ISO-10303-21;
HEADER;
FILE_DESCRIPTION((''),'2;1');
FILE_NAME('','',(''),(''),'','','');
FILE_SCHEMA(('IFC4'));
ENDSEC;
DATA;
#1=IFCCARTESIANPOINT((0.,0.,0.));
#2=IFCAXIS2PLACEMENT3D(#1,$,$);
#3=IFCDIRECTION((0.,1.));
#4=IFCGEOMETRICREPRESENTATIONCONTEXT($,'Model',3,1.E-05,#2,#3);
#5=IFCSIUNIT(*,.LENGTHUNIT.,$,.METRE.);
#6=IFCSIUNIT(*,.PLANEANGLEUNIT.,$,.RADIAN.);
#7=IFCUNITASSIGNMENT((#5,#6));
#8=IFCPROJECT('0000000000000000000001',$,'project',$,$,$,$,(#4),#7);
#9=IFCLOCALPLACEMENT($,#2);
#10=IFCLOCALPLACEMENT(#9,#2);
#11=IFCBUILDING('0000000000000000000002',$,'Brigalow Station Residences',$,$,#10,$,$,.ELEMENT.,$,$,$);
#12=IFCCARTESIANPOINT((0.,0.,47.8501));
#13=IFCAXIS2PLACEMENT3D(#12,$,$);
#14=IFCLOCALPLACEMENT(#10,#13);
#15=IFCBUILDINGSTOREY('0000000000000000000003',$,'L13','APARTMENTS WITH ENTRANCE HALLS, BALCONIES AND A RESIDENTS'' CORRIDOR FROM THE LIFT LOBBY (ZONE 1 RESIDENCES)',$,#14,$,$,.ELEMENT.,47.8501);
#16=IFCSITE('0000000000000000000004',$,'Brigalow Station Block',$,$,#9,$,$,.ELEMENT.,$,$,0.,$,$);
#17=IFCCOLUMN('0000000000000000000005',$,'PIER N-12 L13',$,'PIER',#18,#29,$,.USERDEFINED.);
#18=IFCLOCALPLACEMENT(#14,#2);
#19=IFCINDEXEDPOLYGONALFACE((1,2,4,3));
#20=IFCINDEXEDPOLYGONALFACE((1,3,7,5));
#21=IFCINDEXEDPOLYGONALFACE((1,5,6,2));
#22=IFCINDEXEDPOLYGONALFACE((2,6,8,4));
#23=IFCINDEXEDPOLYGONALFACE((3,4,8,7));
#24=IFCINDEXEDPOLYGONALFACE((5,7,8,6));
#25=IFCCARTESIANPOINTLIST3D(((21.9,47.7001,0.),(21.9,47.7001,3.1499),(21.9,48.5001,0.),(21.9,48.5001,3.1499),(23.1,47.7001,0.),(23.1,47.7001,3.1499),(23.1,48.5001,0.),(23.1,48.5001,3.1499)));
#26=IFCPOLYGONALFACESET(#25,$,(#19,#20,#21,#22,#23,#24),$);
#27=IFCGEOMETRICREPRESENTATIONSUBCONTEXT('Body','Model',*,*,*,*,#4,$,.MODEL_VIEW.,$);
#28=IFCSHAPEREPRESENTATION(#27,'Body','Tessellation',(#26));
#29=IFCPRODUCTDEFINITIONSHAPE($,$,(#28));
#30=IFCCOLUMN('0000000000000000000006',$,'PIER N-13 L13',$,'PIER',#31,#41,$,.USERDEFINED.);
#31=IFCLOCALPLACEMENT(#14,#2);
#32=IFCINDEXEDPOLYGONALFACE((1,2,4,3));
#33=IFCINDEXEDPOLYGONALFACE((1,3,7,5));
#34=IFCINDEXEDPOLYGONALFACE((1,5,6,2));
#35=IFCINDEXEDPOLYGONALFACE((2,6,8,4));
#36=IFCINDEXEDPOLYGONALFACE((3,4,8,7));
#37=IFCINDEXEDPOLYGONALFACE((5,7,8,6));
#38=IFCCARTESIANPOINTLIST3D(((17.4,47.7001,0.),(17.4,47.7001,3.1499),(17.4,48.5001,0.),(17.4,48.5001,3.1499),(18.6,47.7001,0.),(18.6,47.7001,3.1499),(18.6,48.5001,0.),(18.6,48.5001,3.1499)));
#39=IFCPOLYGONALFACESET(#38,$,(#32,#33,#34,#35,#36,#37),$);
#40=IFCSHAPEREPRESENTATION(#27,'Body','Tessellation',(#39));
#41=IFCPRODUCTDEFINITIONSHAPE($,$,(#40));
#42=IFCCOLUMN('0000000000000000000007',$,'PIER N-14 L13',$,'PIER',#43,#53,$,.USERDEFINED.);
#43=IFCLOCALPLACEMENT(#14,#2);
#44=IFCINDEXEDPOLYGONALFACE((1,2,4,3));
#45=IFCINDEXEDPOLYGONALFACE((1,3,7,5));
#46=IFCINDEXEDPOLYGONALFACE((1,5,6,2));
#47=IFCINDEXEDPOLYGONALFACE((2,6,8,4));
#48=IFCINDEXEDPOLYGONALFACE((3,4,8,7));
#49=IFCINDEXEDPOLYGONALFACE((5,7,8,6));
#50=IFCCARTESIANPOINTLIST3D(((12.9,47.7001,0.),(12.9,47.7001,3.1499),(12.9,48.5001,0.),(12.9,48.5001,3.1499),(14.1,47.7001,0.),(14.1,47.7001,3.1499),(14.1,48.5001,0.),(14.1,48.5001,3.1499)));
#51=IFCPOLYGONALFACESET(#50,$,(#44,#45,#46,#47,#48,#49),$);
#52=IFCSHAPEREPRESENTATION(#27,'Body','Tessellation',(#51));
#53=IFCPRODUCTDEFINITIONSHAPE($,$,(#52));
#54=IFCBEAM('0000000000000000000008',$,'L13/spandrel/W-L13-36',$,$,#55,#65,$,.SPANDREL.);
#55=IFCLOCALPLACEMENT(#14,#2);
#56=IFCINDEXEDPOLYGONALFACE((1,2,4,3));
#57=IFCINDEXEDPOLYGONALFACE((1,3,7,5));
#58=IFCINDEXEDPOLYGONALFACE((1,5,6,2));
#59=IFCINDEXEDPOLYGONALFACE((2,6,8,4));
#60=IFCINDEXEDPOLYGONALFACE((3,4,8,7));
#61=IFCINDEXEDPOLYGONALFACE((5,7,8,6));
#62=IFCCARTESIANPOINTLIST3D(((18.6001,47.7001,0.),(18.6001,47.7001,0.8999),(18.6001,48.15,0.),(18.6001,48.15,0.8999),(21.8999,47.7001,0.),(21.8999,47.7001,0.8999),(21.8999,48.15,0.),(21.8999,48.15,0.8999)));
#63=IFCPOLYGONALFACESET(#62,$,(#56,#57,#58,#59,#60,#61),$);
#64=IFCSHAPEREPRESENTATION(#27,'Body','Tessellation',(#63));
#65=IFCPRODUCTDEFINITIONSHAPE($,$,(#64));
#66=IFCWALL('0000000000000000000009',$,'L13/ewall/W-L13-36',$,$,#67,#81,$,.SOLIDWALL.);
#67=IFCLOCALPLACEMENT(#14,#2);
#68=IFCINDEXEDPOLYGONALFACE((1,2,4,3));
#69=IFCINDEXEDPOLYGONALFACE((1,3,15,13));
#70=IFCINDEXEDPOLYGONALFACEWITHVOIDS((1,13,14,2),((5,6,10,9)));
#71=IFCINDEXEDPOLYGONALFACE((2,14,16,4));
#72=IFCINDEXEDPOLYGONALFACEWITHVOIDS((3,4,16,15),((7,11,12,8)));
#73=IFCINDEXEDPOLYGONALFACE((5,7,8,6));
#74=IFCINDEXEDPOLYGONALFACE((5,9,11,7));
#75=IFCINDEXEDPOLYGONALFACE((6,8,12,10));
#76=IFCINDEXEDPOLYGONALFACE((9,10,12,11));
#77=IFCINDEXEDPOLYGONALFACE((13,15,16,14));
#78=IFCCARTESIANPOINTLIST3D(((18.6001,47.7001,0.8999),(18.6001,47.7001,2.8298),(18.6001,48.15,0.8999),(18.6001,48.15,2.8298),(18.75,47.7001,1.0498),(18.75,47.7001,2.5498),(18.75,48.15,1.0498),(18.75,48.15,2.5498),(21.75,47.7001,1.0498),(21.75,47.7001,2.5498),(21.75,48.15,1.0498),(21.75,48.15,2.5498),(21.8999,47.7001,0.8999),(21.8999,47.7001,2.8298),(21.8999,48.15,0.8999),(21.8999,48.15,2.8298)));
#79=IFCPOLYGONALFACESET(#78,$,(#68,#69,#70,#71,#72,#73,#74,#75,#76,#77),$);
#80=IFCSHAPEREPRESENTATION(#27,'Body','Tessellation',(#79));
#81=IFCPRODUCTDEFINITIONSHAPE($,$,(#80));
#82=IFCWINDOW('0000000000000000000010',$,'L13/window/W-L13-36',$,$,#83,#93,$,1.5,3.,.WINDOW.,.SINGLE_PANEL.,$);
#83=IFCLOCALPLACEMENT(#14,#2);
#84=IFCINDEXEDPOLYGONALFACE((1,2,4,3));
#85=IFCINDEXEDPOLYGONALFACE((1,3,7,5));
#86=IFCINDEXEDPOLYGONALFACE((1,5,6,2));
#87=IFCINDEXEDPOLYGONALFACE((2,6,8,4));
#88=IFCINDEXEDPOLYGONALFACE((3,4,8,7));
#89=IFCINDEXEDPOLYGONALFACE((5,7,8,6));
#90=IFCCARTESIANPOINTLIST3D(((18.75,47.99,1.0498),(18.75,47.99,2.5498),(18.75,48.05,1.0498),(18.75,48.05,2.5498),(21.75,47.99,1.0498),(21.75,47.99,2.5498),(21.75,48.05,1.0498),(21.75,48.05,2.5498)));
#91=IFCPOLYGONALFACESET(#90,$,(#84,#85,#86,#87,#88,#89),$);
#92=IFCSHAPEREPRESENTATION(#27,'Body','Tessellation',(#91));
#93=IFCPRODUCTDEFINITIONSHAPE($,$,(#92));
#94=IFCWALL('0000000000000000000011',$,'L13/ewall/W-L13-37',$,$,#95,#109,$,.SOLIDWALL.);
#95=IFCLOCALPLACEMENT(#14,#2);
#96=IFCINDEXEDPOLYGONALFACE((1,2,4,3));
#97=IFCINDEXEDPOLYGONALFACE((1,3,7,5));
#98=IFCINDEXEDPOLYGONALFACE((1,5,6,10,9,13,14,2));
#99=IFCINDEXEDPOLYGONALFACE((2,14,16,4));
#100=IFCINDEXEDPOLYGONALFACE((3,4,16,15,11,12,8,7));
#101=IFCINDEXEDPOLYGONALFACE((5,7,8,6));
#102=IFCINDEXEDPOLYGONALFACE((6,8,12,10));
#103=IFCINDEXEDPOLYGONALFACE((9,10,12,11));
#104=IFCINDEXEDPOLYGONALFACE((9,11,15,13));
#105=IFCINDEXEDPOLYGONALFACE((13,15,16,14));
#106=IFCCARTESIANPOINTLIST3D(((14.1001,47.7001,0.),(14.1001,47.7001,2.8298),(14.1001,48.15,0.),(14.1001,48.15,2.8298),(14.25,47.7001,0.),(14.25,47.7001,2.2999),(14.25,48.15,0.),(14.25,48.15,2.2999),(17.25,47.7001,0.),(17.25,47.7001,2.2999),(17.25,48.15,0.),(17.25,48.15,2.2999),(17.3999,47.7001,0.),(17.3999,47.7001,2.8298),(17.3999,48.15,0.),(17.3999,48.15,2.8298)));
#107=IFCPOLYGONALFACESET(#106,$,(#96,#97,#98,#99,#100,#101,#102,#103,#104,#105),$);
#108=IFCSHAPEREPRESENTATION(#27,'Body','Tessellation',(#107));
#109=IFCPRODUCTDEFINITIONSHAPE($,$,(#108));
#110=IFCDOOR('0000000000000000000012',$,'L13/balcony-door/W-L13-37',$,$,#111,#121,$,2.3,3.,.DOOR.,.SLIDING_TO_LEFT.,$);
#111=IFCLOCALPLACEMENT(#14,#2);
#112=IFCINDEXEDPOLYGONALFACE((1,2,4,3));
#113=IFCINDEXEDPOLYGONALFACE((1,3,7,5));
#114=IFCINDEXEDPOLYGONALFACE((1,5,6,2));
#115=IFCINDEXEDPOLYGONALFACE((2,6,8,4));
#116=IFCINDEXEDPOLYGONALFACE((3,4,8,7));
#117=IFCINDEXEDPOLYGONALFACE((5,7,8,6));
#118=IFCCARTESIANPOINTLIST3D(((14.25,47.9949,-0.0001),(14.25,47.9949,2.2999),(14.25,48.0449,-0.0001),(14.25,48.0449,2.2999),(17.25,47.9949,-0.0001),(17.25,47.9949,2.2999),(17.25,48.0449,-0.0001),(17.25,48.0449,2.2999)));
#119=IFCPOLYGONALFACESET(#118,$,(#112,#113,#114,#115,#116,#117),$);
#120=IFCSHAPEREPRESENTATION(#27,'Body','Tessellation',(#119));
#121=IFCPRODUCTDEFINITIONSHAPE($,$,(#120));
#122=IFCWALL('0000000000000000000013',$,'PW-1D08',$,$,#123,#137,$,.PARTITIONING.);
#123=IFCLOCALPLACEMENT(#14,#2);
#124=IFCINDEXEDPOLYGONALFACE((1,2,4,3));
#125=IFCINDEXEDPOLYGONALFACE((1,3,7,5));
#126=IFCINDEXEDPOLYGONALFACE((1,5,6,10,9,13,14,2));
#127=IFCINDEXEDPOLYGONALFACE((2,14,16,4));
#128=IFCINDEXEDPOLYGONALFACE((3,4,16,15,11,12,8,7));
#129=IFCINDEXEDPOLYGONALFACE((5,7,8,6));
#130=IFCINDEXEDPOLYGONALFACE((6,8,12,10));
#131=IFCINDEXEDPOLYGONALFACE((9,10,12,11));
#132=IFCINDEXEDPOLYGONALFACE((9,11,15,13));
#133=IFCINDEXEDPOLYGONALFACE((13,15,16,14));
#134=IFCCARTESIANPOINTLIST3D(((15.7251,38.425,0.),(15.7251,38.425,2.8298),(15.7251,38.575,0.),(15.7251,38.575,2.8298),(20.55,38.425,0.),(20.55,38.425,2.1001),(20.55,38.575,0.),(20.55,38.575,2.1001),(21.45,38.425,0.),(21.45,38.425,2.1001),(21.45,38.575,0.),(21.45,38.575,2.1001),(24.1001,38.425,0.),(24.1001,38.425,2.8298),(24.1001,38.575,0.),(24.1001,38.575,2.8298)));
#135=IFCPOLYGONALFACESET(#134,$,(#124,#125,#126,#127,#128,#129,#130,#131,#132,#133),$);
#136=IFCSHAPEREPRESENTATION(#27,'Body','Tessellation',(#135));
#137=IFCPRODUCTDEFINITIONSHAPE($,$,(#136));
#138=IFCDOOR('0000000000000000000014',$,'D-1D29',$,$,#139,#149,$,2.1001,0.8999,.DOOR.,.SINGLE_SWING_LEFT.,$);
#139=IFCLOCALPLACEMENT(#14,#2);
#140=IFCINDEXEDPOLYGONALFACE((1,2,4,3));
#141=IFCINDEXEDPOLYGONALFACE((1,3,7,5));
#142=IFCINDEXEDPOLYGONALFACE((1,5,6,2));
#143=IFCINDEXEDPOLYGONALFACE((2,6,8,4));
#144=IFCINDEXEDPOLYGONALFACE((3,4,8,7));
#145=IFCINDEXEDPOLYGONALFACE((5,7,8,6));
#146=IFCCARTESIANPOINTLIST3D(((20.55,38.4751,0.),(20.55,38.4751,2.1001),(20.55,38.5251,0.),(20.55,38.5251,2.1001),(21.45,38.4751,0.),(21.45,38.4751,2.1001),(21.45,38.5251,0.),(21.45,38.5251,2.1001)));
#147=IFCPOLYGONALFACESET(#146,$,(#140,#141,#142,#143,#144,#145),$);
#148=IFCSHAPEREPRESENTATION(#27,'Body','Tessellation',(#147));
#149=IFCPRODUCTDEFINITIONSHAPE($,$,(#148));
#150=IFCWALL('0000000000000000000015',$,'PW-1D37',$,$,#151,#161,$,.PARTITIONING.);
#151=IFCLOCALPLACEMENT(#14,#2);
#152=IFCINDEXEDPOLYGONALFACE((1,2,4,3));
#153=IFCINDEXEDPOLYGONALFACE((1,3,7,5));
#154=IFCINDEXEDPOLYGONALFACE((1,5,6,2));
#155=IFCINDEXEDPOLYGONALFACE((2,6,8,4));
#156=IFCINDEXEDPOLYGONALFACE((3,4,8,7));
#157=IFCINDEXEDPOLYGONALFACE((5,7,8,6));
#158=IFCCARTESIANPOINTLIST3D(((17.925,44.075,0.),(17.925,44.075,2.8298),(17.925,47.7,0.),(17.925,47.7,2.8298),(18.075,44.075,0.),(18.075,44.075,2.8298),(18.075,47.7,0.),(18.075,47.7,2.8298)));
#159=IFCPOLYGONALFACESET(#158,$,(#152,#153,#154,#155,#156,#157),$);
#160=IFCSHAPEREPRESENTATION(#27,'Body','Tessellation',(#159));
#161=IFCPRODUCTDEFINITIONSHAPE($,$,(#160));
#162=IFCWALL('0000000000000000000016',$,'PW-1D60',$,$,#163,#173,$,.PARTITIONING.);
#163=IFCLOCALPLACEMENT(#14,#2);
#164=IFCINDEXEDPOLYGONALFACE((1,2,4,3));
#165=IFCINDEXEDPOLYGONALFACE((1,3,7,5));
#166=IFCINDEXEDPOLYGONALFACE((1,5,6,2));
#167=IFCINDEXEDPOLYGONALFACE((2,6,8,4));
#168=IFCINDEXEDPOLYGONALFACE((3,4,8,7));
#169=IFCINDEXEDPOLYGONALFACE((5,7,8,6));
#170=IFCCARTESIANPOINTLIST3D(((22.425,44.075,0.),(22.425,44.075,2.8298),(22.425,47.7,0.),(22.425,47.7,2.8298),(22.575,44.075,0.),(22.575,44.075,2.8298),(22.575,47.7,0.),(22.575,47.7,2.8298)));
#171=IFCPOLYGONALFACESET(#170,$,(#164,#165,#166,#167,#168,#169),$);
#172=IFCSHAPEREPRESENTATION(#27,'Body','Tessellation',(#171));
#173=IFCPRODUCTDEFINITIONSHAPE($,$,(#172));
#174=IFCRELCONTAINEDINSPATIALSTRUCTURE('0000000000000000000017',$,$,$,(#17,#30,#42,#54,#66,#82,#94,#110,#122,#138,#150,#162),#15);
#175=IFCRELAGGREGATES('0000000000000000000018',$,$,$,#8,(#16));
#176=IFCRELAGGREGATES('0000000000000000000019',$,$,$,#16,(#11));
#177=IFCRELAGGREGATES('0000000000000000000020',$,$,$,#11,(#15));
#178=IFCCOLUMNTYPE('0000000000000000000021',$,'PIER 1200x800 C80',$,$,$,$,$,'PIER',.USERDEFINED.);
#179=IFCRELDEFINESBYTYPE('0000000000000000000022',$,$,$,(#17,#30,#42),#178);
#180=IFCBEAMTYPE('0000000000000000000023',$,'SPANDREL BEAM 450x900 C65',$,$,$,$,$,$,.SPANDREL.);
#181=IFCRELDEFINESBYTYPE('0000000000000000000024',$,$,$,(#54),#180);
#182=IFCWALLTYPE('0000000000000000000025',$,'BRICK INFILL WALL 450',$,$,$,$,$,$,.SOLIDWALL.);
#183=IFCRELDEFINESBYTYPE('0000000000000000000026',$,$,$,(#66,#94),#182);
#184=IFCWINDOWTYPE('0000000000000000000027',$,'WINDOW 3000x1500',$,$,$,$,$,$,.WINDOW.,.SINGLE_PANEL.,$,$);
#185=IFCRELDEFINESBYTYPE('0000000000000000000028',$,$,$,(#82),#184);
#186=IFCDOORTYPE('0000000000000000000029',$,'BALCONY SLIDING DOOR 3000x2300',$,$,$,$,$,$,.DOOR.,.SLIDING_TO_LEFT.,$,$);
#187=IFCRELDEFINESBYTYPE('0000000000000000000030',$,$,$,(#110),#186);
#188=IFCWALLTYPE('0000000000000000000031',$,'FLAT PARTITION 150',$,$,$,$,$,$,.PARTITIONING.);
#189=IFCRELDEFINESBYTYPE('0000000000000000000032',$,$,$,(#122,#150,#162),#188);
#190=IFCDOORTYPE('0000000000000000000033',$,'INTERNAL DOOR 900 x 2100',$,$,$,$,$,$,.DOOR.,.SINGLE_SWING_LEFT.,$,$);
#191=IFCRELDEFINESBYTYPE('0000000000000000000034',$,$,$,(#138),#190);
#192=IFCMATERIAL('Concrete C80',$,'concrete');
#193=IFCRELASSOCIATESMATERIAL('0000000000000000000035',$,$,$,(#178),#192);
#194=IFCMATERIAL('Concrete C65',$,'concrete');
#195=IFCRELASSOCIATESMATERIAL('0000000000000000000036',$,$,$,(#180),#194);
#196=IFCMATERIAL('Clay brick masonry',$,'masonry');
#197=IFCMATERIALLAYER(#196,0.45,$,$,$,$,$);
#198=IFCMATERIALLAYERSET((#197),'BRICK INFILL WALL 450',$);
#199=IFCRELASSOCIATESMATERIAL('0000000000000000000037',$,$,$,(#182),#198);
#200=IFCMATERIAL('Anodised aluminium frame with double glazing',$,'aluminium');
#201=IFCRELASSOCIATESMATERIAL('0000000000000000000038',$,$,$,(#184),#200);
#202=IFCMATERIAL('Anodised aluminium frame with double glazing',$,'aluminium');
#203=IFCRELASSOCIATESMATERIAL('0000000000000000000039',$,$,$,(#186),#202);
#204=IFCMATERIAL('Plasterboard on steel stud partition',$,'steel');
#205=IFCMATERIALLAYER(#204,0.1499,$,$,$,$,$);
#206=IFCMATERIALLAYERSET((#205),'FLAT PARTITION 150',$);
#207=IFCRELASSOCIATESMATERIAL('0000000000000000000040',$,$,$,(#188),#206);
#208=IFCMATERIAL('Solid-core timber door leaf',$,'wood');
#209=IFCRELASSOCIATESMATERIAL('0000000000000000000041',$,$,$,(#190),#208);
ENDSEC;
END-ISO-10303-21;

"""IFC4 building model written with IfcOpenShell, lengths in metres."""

from ifc_helpers import new_model, si_unit, direction, frame, frame_2d, origin, origin_2d, place, context, subcontext, project, spatial, rectangle, extrude, material, layer, layer_set, material_profile, profile_set, type_object, element, fill, save


model = new_model("IFC4")

# Units and contexts
model_context = context("Model", 3, precision=1e-05, world=origin(), true_north=direction((0.0, 1.0)))
body_context = subcontext(model_context, "Body", "Model", "MODEL_VIEW")
ifc_project = project(units=[si_unit("LENGTHUNIT", "METRE"), si_unit("PLANEANGLEUNIT", "RADIAN")], contexts=[model_context])

# Site, building, storey
site_placement = place(None, origin())
site = spatial("IfcSite", under=ifc_project, at=site_placement, Name="Brigalow Station Block", CompositionType="ELEMENT", RefElevation=0.0)
building_placement = place(site_placement, origin())
building = spatial("IfcBuilding", under=site, at=building_placement, Name="Brigalow Station Residences", CompositionType="ELEMENT")
storey_placement = place(building_placement, frame((0.0, 0.0, 47.8501)))
storey = spatial("IfcBuildingStorey", under=building, at=storey_placement, Name="L13", Description="APARTMENTS WITH ENTRANCE HALLS, BALCONIES AND A RESIDENTS' CORRIDOR FROM THE LIFT LOBBY (ZONE 1 RESIDENCES)", CompositionType="ELEMENT", Elevation=47.8501)

# Columns
ifc_material_1 = material(Name="Concrete C80", Category="concrete")
ifc_material_profile_1 = material_profile(ifc_material_1, rectangle(XDim=1.2, YDim=0.8, at=origin_2d()), Name="RC1200x800")
ifc_profile_set_1 = profile_set([ifc_material_profile_1], Name="Concrete C80")
column_type = type_object("IfcColumnType", Name="PIER 1200x800 C80", ElementType="PIER", PredefinedType="USERDEFINED", material=ifc_profile_set_1)
for number, where, z_axis, x_axis, name in (
    (1, (22.5, 48.1001, 0.0), (0.0, 0.0, 1.0), (-1.0, 0.0, 0.0), "PIER N-12 L13"),
    (2, (18.0, 48.1001, 0.0), (0.0, 0.0, 1.0), (-1.0, 0.0, 0.0), "PIER N-13 L13"),
    (3, (13.5, 48.1001, 0.0), (0.0, 0.0, 1.0), (-1.0, 0.0, 0.0), "PIER N-14 L13"),
):
    element("IfcColumn", number, at=place(storey_placement, frame(where, z_axis=z_axis, x_axis=x_axis)), inside=storey, type_object=column_type, Name=name, ObjectType="PIER", PredefinedType="USERDEFINED", context=body_context, shape_type="SweptSolid", body=[
        extrude(rectangle(XDim=1.2, YDim=0.8, at=origin_2d()), origin(), (0.0, 0.0, 1.0), 3.1499),
    ])

# Beam
ifc_material_2 = material(Name="Concrete C65", Category="concrete")
ifc_material_profile_2 = material_profile(ifc_material_2, rectangle(XDim=0.45, YDim=0.8999, at=origin_2d()), Name="RC450x900")
ifc_profile_set_2 = profile_set([ifc_material_profile_2], Name="Concrete C65")
beam_type = type_object("IfcBeamType", Name="SPANDREL BEAM 450x900 C65", PredefinedType="SPANDREL", material=ifc_profile_set_2)
beam_placement = place(storey_placement, frame((21.8999, 47.925, 0.45), z_axis=(-1.0, 0.0, 0.0), x_axis=(0.0, -1.0, 0.0)))
element("IfcBeam", 4, at=beam_placement, inside=storey, type_object=beam_type, Name="L13/spandrel/W-L13-36", PredefinedType="SPANDREL", context=body_context, shape_type="SweptSolid", body=[
    extrude(rectangle(XDim=0.45, YDim=0.8999, at=origin_2d()), origin(), (0.0, 0.0, 1.0), 3.2998),
])

# Wall, opening, window
ifc_material_3 = material(Name="Clay brick masonry", Category="masonry")
ifc_layer_1 = layer(ifc_material_3, 0.45)
ifc_layer_set_1 = layer_set([ifc_layer_1], Name="BRICK INFILL WALL 450")
wall_type_1 = type_object("IfcWallType", Name="BRICK INFILL WALL 450", PredefinedType="SOLIDWALL", material=ifc_layer_set_1)
wall_1_placement = place(storey_placement, frame((21.8999, 47.925, 0.8999), z_axis=(0.0, 0.0, 1.0), x_axis=(-1.0, 0.0, 0.0)))
wall_1 = element("IfcWall", 5, at=wall_1_placement, inside=storey, type_object=wall_type_1, Name="L13/ewall/W-L13-36", PredefinedType="SOLIDWALL", context=body_context, shape_type="SweptSolid", body=[
    extrude(rectangle(XDim=3.2998, YDim=0.45, at=frame_2d((1.6499, 0.0))), origin(), (0.0, 0.0, 1.0), 1.9299),
])
opening_1_placement = place(wall_1_placement, frame((0.1499, 0.0, 0.1499)))
opening_1 = element("IfcOpeningElement", 6, at=opening_1_placement, cuts=wall_1, PredefinedType="OPENING", context=body_context, shape_type="SweptSolid", body=[
    extrude(rectangle(XDim=3.0, YDim=1.5, at=frame_2d((1.5, 0.75))), frame((0.0, 0.2349, 0.0), z_axis=(0.0, -1.0, 0.0), x_axis=(1.0, 0.0, 0.0)), (0.0, 0.0, 1.0), 0.47),
])
ifc_material_4 = material(Name="Anodised aluminium frame with double glazing", Category="aluminium")
window_type = type_object("IfcWindowType", Name="WINDOW 3000x1500", PartitioningType="SINGLE_PANEL", PredefinedType="WINDOW", material=ifc_material_4)
window_placement = place(opening_1_placement, origin())
window = element("IfcWindow", 7, at=window_placement, inside=storey, type_object=window_type, Name="L13/window/W-L13-36", OverallHeight=1.5, OverallWidth=3.0, PartitioningType="SINGLE_PANEL", PredefinedType="WINDOW", context=body_context, shape_type="SweptSolid", body=[
    extrude(rectangle(XDim=3.0, YDim=1.5, at=frame_2d((1.5, 0.75))), frame((0.0, -0.0649, 0.0), z_axis=(0.0, -1.0, 0.0), x_axis=(1.0, 0.0, 0.0)), (0.0, 0.0, 1.0), 0.0601),
])
fill(opening_1, window)

# Walls, openings, doors
wall_2_placement = place(storey_placement, frame((17.3999, 47.925, 0.0), z_axis=(0.0, 0.0, 1.0), x_axis=(-1.0, 0.0, 0.0)))
wall_2 = element("IfcWall", 8, at=wall_2_placement, inside=storey, type_object=wall_type_1, Name="L13/ewall/W-L13-37", PredefinedType="SOLIDWALL", context=body_context, shape_type="SweptSolid", body=[
    extrude(rectangle(XDim=3.2998, YDim=0.45, at=frame_2d((1.6499, 0.0))), origin(), (0.0, 0.0, 1.0), 2.8298),
])
opening_2_placement = place(wall_2_placement, frame((0.1499, 0.0, 0.0)))
opening_2 = element("IfcOpeningElement", 9, at=opening_2_placement, cuts=wall_2, PredefinedType="OPENING", context=body_context, shape_type="SweptSolid", body=[
    extrude(rectangle(XDim=3.0, YDim=2.3, at=frame_2d((1.5, 1.1499))), frame((0.0, 0.2349, 0.0), z_axis=(0.0, -1.0, 0.0), x_axis=(1.0, 0.0, 0.0)), (0.0, 0.0, 1.0), 0.47),
])
ifc_material_5 = material(Name="Anodised aluminium frame with double glazing", Category="aluminium")
door_type_1 = type_object("IfcDoorType", Name="BALCONY SLIDING DOOR 3000x2300", OperationType="SLIDING_TO_LEFT", PredefinedType="DOOR", material=ifc_material_5)
door_1_placement = place(opening_2_placement, origin())
door_1 = element("IfcDoor", 10, at=door_1_placement, inside=storey, type_object=door_type_1, Name="L13/balcony-door/W-L13-37", OperationType="SLIDING_TO_LEFT", OverallHeight=2.3, OverallWidth=3.0, PredefinedType="DOOR", context=body_context, shape_type="SweptSolid", body=[
    extrude(rectangle(XDim=3.0, YDim=2.3, at=frame_2d((1.5, 1.1499))), frame((0.0, -0.0698, 0.0), z_axis=(0.0, -1.0, 0.0), x_axis=(1.0, 0.0, 0.0)), (0.0, 0.0, 1.0), 0.05),
])
fill(opening_2, door_1)
ifc_material_6 = material(Name="Plasterboard on steel stud partition", Category="steel")
ifc_layer_2 = layer(ifc_material_6, 0.1499)
ifc_layer_set_2 = layer_set([ifc_layer_2], Name="FLAT PARTITION 150")
wall_type_2 = type_object("IfcWallType", Name="FLAT PARTITION 150", PredefinedType="PARTITIONING", material=ifc_layer_set_2)
wall_3_placement = place(storey_placement, frame((15.7251, 38.5, 0.0), z_axis=(0.0, 0.0, 1.0), x_axis=(1.0, 0.0, 0.0)))
wall_3 = element("IfcWall", 11, at=wall_3_placement, inside=storey, type_object=wall_type_2, Name="PW-1D08", PredefinedType="PARTITIONING", context=body_context, shape_type="SweptSolid", body=[
    extrude(rectangle(XDim=8.375, YDim=0.1499, at=frame_2d((4.1875, 0.0))), origin(), (0.0, 0.0, 1.0), 2.8298),
])
opening_3_placement = place(wall_3_placement, frame((4.825, 0.0, 0.0)))
opening_3 = element("IfcOpeningElement", 12, at=opening_3_placement, cuts=wall_3, PredefinedType="OPENING", context=body_context, shape_type="SweptSolid", body=[
    extrude(rectangle(XDim=0.8999, YDim=2.1001, at=frame_2d((0.45, 1.05))), frame((0.0, 0.085, 0.0), z_axis=(0.0, -1.0, 0.0), x_axis=(1.0, 0.0, 0.0)), (0.0, 0.0, 1.0), 0.1699),
])
ifc_material_7 = material(Name="Solid-core timber door leaf", Category="wood")
door_type_2 = type_object("IfcDoorType", Name="INTERNAL DOOR 900 x 2100", OperationType="SINGLE_SWING_LEFT", PredefinedType="DOOR", material=ifc_material_7)
door_2_placement = place(opening_3_placement, frame((0.8999, 0.0, 0.0), z_axis=(0.0, 0.0, 1.0), x_axis=(-1.0, 0.0, 0.0)))
door_2 = element("IfcDoor", 13, at=door_2_placement, inside=storey, type_object=door_type_2, Name="D-1D29", OperationType="SINGLE_SWING_LEFT", OverallHeight=2.1001, OverallWidth=0.8999, PredefinedType="DOOR", context=body_context, shape_type="SweptSolid", body=[
    extrude(rectangle(XDim=0.8999, YDim=2.1001, at=frame_2d((0.45, 1.05))), frame((0.0, 0.0249, 0.0), z_axis=(0.0, -1.0, 0.0), x_axis=(1.0, 0.0, 0.0)), (0.0, 0.0, 1.0), 0.05),
])
fill(opening_3, door_2)

# Walls
for number, where, z_axis, x_axis, name in (
    (14, (18.0, 44.075, 0.0), (0.0, 0.0, 1.0), (0.0, 1.0, 0.0), "PW-1D37"),
    (15, (22.5, 44.075, 0.0), (0.0, 0.0, 1.0), (0.0, 1.0, 0.0), "PW-1D60"),
):
    element("IfcWall", number, at=place(storey_placement, frame(where, z_axis=z_axis, x_axis=x_axis)), inside=storey, type_object=wall_type_2, Name=name, PredefinedType="PARTITIONING", context=body_context, shape_type="SweptSolid", body=[
        extrude(rectangle(XDim=3.625, YDim=0.1499, at=frame_2d((1.8125, 0.0))), origin(), (0.0, 0.0, 1.0), 2.8298),
    ])

save(model, "model.ifc")
